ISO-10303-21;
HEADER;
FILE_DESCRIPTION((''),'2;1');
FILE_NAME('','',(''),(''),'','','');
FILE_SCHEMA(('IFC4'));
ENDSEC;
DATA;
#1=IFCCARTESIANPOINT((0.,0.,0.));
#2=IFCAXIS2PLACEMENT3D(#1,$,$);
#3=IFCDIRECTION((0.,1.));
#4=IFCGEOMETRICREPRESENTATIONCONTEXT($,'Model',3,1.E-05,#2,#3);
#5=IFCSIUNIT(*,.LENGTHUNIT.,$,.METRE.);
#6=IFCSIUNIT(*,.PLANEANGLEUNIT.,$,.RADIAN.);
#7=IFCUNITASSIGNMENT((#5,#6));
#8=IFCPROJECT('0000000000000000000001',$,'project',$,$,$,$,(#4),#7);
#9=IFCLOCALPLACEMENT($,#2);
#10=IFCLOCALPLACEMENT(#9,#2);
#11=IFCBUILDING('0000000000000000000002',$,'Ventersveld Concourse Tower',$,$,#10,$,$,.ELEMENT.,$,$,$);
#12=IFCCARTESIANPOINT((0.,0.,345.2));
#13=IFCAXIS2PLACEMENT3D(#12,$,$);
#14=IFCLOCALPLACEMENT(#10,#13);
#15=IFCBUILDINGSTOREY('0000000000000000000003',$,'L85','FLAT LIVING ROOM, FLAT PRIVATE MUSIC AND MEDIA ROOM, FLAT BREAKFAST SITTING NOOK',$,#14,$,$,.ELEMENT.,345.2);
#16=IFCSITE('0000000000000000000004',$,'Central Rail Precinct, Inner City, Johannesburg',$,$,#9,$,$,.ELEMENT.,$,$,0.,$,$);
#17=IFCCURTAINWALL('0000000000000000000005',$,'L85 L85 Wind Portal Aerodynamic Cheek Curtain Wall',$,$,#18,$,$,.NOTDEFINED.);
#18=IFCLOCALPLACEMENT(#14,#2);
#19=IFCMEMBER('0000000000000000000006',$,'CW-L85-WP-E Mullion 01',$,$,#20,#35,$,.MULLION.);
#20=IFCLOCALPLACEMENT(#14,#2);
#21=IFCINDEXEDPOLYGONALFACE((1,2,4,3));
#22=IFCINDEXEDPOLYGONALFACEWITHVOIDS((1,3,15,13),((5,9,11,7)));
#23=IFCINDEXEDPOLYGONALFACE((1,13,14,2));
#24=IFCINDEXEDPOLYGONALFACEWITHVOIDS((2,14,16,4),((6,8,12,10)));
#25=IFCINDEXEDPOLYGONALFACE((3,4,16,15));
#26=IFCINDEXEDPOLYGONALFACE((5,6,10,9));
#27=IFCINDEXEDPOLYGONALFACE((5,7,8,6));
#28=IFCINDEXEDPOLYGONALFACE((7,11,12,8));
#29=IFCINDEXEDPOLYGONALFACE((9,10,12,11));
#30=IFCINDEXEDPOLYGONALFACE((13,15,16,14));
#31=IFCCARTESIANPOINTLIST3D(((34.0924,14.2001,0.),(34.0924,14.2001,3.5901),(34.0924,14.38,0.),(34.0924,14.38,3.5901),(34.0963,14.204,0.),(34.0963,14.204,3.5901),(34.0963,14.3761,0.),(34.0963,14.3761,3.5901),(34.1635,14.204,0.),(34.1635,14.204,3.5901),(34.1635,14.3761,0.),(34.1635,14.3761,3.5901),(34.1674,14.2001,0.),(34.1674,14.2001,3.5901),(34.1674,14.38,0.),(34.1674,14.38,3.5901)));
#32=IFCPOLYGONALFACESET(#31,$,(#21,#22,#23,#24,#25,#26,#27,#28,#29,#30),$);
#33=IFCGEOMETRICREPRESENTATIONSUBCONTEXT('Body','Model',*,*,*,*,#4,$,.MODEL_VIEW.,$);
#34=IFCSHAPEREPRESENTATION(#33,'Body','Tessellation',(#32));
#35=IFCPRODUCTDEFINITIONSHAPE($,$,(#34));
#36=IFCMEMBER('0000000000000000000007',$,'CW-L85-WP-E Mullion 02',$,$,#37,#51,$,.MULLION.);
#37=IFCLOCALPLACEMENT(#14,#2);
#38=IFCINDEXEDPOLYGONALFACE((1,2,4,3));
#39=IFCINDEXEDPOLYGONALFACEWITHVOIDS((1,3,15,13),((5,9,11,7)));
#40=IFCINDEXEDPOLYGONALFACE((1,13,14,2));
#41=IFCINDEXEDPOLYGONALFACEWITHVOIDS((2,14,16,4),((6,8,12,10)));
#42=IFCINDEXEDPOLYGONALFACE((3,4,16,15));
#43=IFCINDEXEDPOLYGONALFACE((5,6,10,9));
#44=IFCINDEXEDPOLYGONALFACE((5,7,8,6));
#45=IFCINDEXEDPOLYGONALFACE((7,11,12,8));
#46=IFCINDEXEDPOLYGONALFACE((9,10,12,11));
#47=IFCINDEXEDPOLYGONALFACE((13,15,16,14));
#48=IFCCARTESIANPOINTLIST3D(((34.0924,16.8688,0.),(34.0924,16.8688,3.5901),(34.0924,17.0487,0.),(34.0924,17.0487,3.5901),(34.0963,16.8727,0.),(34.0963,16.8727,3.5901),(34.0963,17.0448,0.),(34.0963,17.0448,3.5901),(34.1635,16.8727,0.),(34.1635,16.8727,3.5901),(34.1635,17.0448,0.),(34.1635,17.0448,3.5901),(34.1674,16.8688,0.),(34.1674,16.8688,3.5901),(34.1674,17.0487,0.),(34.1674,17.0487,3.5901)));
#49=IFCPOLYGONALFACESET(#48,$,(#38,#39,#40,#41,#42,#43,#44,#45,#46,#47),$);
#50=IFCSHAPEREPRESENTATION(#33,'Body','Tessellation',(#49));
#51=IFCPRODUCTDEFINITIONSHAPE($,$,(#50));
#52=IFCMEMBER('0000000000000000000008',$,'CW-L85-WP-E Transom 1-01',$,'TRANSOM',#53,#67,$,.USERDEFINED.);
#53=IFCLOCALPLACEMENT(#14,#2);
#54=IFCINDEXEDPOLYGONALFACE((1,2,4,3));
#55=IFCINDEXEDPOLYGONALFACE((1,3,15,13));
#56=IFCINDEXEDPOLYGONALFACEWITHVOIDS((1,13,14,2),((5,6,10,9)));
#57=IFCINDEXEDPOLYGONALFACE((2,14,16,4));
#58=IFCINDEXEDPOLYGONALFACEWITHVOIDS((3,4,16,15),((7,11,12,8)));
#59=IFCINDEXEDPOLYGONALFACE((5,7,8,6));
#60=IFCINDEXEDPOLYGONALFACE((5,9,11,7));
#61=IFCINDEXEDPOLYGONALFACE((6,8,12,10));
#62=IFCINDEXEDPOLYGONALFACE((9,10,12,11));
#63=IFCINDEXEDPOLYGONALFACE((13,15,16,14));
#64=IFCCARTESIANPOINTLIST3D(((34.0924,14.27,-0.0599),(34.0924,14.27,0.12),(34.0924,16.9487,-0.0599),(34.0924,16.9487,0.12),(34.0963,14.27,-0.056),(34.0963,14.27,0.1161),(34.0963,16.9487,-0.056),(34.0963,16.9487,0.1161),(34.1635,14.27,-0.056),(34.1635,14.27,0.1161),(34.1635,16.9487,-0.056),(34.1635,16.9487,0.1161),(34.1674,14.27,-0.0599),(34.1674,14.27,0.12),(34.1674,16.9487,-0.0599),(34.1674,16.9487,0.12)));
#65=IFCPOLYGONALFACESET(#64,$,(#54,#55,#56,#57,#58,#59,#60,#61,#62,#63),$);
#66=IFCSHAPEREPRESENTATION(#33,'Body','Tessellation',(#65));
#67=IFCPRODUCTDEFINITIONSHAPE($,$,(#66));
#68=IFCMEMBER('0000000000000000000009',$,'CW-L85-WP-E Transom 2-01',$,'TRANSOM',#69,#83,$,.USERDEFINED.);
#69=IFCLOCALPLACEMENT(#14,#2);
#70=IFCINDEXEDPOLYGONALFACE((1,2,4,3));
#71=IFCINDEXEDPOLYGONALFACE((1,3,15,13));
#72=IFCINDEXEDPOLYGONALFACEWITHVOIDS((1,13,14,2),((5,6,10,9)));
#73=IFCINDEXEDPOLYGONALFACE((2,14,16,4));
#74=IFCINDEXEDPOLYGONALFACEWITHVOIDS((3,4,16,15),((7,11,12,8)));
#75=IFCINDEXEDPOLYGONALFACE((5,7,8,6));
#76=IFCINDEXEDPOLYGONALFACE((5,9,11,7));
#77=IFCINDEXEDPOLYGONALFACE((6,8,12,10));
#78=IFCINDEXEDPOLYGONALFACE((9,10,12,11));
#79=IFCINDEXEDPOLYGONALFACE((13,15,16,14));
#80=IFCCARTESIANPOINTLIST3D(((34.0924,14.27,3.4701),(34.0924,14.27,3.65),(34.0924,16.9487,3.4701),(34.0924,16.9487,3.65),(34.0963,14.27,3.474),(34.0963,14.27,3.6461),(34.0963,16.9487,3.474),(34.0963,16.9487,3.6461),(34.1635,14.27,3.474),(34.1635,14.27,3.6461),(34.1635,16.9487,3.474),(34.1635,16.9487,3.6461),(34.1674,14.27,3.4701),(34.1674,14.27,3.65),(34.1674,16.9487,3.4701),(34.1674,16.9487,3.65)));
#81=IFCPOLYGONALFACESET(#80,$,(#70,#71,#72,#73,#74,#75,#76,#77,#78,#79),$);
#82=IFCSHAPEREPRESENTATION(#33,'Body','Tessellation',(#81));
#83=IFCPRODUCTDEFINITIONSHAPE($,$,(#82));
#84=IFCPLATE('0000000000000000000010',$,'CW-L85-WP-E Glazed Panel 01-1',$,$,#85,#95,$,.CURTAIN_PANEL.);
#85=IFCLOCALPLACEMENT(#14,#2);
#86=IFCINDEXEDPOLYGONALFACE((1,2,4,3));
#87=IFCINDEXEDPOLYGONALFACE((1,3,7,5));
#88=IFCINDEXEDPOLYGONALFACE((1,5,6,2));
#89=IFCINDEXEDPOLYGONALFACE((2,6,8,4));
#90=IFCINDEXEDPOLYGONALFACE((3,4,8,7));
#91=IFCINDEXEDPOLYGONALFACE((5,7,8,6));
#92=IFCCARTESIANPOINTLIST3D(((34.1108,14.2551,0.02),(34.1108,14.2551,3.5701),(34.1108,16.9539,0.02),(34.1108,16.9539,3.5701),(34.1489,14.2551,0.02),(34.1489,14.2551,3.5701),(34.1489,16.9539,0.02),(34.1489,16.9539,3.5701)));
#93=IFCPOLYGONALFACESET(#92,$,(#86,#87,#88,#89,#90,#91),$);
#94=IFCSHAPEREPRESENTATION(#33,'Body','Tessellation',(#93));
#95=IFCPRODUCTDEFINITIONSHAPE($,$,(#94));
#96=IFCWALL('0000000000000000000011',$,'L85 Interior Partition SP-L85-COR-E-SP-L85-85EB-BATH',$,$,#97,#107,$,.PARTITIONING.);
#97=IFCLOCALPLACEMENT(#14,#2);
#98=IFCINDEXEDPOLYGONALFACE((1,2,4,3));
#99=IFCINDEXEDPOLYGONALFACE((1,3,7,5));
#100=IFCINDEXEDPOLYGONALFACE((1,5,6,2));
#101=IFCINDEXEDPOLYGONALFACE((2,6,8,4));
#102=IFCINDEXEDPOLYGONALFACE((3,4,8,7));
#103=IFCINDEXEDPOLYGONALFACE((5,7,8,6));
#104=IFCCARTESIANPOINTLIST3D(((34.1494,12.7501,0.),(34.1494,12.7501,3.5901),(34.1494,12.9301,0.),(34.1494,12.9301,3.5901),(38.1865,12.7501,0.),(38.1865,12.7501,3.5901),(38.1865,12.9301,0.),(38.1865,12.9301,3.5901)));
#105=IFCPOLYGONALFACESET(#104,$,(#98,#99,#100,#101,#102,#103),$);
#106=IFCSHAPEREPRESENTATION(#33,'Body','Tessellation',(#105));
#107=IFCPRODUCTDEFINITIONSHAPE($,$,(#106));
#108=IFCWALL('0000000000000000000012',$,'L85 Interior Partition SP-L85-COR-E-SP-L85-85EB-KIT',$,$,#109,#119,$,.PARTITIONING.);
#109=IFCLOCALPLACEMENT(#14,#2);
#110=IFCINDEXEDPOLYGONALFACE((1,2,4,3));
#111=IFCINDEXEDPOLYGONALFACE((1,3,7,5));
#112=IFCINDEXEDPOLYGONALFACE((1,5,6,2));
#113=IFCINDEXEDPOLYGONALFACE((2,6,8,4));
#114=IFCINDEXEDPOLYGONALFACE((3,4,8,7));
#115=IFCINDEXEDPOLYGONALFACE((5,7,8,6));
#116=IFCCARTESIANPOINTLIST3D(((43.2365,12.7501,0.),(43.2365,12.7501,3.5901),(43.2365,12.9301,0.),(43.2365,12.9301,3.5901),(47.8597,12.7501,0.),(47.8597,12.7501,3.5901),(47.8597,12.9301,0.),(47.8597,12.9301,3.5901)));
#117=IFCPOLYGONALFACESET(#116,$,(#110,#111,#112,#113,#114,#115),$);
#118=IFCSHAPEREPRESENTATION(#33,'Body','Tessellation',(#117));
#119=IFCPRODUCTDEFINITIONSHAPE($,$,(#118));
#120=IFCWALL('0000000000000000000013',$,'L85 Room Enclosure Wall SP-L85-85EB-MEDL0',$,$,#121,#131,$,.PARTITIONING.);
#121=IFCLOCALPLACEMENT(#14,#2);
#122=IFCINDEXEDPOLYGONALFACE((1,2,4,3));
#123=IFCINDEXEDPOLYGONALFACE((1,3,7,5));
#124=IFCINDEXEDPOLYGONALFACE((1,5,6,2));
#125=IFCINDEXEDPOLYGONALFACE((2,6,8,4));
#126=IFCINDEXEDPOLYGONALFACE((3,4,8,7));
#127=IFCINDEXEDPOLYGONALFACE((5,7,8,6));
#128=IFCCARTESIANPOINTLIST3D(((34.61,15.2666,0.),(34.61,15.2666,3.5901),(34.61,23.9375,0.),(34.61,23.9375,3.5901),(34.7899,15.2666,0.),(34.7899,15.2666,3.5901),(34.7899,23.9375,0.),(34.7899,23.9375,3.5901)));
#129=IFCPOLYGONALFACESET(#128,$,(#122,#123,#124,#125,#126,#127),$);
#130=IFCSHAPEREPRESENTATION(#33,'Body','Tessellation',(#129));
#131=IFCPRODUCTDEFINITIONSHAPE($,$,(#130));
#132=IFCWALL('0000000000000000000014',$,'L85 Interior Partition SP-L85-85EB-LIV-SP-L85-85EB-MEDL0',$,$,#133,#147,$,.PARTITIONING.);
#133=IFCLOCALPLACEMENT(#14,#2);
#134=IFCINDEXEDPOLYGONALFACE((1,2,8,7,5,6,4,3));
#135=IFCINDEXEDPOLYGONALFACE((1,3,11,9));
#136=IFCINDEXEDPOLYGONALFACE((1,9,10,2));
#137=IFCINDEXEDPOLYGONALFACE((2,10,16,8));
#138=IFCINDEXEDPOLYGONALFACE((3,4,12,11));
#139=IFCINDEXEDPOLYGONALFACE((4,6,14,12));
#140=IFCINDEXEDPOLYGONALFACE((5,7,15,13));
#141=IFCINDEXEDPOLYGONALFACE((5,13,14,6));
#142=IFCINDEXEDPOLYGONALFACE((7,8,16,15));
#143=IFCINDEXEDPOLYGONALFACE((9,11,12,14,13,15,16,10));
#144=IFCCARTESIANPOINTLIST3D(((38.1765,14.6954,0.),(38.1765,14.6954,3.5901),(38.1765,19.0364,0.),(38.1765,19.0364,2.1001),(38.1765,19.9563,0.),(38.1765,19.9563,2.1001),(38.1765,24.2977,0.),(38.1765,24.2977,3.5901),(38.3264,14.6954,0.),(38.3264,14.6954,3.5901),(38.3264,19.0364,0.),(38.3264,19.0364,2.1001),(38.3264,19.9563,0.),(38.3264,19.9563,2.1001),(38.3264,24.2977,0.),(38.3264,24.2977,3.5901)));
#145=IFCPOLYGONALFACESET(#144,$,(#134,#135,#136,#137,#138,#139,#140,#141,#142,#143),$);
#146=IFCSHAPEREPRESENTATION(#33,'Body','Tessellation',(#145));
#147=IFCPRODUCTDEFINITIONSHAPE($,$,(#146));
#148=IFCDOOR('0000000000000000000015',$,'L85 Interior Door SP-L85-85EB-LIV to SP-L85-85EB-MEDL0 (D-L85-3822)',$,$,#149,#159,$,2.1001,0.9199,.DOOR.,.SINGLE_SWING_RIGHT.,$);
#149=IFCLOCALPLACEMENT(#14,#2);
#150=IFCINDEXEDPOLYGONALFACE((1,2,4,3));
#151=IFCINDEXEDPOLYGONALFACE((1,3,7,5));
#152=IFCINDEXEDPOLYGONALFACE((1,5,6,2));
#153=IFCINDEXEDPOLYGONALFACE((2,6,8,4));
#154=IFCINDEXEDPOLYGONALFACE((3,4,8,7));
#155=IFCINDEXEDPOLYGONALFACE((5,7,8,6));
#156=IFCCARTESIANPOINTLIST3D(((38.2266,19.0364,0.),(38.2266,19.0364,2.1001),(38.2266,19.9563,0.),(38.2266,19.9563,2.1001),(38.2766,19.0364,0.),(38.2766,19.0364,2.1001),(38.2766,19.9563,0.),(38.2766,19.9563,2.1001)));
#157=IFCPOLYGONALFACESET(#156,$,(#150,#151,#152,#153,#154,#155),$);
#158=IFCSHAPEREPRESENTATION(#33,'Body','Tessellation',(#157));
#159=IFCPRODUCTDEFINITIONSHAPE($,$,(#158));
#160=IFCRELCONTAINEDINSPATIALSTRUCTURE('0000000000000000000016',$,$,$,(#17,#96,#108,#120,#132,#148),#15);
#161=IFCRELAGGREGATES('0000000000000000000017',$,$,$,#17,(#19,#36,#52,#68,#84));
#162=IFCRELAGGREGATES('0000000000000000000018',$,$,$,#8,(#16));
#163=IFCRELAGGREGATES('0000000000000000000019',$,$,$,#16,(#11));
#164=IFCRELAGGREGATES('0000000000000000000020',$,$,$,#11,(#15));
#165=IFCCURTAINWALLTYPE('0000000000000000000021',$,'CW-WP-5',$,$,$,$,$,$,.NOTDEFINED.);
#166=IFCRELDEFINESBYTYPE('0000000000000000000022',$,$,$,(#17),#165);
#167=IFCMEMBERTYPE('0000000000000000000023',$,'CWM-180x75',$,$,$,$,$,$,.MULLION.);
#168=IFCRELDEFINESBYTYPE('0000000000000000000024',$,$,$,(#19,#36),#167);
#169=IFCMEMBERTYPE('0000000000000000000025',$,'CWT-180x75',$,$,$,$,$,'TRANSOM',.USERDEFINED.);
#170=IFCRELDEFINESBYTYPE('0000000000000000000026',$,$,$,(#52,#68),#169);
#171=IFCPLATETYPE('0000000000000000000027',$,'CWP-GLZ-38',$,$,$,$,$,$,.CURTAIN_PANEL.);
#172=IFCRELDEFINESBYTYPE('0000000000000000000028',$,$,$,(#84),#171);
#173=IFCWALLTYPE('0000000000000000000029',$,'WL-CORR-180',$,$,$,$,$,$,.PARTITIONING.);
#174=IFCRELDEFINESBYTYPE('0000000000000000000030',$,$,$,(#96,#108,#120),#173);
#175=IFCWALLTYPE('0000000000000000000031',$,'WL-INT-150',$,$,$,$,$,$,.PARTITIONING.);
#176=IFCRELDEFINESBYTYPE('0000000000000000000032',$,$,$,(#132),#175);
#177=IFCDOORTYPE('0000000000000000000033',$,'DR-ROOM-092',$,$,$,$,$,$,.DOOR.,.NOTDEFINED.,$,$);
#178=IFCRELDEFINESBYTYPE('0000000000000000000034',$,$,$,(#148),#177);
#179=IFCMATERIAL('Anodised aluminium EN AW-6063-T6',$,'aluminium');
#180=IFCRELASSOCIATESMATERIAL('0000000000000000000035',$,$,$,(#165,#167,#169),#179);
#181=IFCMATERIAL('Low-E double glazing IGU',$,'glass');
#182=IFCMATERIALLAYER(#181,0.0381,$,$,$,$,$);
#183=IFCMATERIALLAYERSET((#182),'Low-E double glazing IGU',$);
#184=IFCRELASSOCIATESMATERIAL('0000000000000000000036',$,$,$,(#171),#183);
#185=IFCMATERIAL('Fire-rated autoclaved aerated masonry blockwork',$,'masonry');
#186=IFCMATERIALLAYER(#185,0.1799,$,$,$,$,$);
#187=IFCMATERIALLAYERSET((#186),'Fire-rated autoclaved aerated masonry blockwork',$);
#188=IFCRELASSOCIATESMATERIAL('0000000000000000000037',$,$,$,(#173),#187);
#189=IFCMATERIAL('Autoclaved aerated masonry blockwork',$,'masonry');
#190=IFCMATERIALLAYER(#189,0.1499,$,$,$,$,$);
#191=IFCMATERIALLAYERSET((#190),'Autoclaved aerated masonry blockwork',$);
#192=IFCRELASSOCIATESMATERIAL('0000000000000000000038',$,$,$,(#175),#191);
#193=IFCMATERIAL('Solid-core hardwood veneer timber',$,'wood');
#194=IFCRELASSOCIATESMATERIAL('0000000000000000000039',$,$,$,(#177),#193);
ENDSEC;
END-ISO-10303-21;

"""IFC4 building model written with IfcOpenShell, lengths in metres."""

from ifc_helpers import new_model, si_unit, direction, frame, frame_2d, origin, origin_2d, place, context, subcontext, project, spatial, rectangle, hollow_rectangle, extrude, material, layer, layer_set, material_profile, profile_set, type_object, element, fill, aggregate, save


model = new_model("IFC4")

# Units and contexts
model_context = context("Model", 3, precision=1e-05, world=origin(), true_north=direction((0.0, 1.0)))
body_context = subcontext(model_context, "Body", "Model", "MODEL_VIEW")
ifc_project = project(units=[si_unit("LENGTHUNIT", "METRE"), si_unit("PLANEANGLEUNIT", "RADIAN")], contexts=[model_context])

# Site, building, storey
site_placement = place(None, origin())
site = spatial("IfcSite", under=ifc_project, at=site_placement, Name="Central Rail Precinct, Inner City, Johannesburg", CompositionType="ELEMENT", RefElevation=0.0)
building_placement = place(site_placement, origin())
building = spatial("IfcBuilding", under=site, at=building_placement, Name="Ventersveld Concourse Tower", CompositionType="ELEMENT")
storey_placement = place(building_placement, frame((0.0, 0.0, 345.2)))
storey = spatial("IfcBuildingStorey", under=building, at=storey_placement, Name="L85", Description="FLAT LIVING ROOM, FLAT PRIVATE MUSIC AND MEDIA ROOM, FLAT BREAKFAST SITTING NOOK", CompositionType="ELEMENT", Elevation=345.2)

# Curtain wall, members, plate
ifc_material_1 = material(Name="Anodised aluminium EN AW-6063-T6", Category="aluminium")
curtain_wall_type = type_object("IfcCurtainWallType", Name="CW-WP-5", PredefinedType="NOTDEFINED", material=ifc_material_1)
curtain_wall_placement = place(storey_placement, origin())
curtain_wall = element("IfcCurtainWall", 1, at=curtain_wall_placement, inside=storey, type_object=curtain_wall_type, Name="L85 L85 Wind Portal Aerodynamic Cheek Curtain Wall", PredefinedType="NOTDEFINED")
ifc_material_profile_1 = material_profile(ifc_material_1, hollow_rectangle(XDim=0.075, YDim=0.1799, WallThickness=0.0039, at=origin_2d()), Name="ALU 180x75x4")
ifc_profile_set_1 = profile_set([ifc_material_profile_1], Name="Anodised aluminium EN AW-6063-T6")
member_type_1 = type_object("IfcMemberType", Name="CWM-180x75", PredefinedType="MULLION", material=ifc_profile_set_1)
member_1_placement = place(storey_placement, frame((34.1299, 14.29, 0.0), z_axis=(0.0, 0.0, 1.0), x_axis=(1.0, 0.0, 0.0)))
member_1 = element("IfcMember", 2, at=member_1_placement, type_object=member_type_1, Name="CW-L85-WP-E Mullion 01", PredefinedType="MULLION", context=body_context, shape_type="SweptSolid", body=[
    extrude(hollow_rectangle(XDim=0.075, YDim=0.1799, WallThickness=0.0039, at=origin_2d()), origin(), (0.0, 0.0, 1.0), 3.5901),
])
member_2_placement = place(storey_placement, frame((34.1299, 16.9587, 0.0), z_axis=(0.0, 0.0, 1.0), x_axis=(1.0, 0.0, 0.0)))
member_2 = element("IfcMember", 3, at=member_2_placement, type_object=member_type_1, Name="CW-L85-WP-E Mullion 02", PredefinedType="MULLION", context=body_context, shape_type="SweptSolid", body=[
    extrude(hollow_rectangle(XDim=0.075, YDim=0.1799, WallThickness=0.0039, at=origin_2d()), origin(), (0.0, 0.0, 1.0), 3.5901),
])
ifc_material_profile_2 = material_profile(ifc_material_1, hollow_rectangle(XDim=0.075, YDim=0.1799, WallThickness=0.0039, at=origin_2d()), Name="ALU 180x75x4")
ifc_profile_set_2 = profile_set([ifc_material_profile_2], Name="Anodised aluminium EN AW-6063-T6")
member_type_2 = type_object("IfcMemberType", Name="CWT-180x75", ElementType="TRANSOM", PredefinedType="USERDEFINED", material=ifc_profile_set_2)
member_3_placement = place(storey_placement, frame((34.1299, 14.27, 0.03), z_axis=(0.0, 1.0, 0.0), x_axis=(-1.0, 0.0, 0.0)))
member_3 = element("IfcMember", 4, at=member_3_placement, type_object=member_type_2, Name="CW-L85-WP-E Transom 1-01", ObjectType="TRANSOM", PredefinedType="USERDEFINED", context=body_context, shape_type="SweptSolid", body=[
    extrude(hollow_rectangle(XDim=0.075, YDim=0.1799, WallThickness=0.0039, at=origin_2d()), origin(), (0.0, 0.0, 1.0), 2.6787),
])
member_4_placement = place(storey_placement, frame((34.1299, 14.27, 3.5601), z_axis=(0.0, 1.0, 0.0), x_axis=(-1.0, 0.0, 0.0)))
member_4 = element("IfcMember", 5, at=member_4_placement, type_object=member_type_2, Name="CW-L85-WP-E Transom 2-01", ObjectType="TRANSOM", PredefinedType="USERDEFINED", context=body_context, shape_type="SweptSolid", body=[
    extrude(hollow_rectangle(XDim=0.075, YDim=0.1799, WallThickness=0.0039, at=origin_2d()), origin(), (0.0, 0.0, 1.0), 2.6787),
])
ifc_material_2 = material(Name="Low-E double glazing IGU", Category="glass")
ifc_layer_1 = layer(ifc_material_2, 0.0381)
ifc_layer_set_1 = layer_set([ifc_layer_1], Name="Low-E double glazing IGU")
plate_type = type_object("IfcPlateType", Name="CWP-GLZ-38", PredefinedType="CURTAIN_PANEL", material=ifc_layer_set_1)
plate_placement = place(storey_placement, frame((34.1299, 15.6045, 0.02), z_axis=(0.0, 0.0, 1.0), x_axis=(0.0, 1.0, 0.0)))
plate = element("IfcPlate", 6, at=plate_placement, type_object=plate_type, Name="CW-L85-WP-E Glazed Panel 01-1", PredefinedType="CURTAIN_PANEL", context=body_context, shape_type="SweptSolid", body=[
    extrude(rectangle(XDim=2.6987, YDim=0.0381, at=origin_2d()), origin(), (0.0, 0.0, 1.0), 3.55),
])
aggregate(curtain_wall, [member_1, member_2, member_3, member_4, plate])

# Shared definitions
ifc_material_3 = material(Name="Fire-rated autoclaved aerated masonry blockwork", Category="masonry")
ifc_layer_2 = layer(ifc_material_3, 0.1799)
ifc_layer_set_2 = layer_set([ifc_layer_2], Name="Fire-rated autoclaved aerated masonry blockwork")
wall_type_1 = type_object("IfcWallType", Name="WL-CORR-180", PredefinedType="PARTITIONING", material=ifc_layer_set_2)
ifc_material_4 = material(Name="Solid-core hardwood veneer timber", Category="wood")

# Walls
wall_1_placement = place(storey_placement, frame((34.1494, 12.8401, 0.0), z_axis=(0.0, 0.0, 1.0), x_axis=(1.0, 0.0, 0.0)))
element("IfcWall", 7, at=wall_1_placement, inside=storey, type_object=wall_type_1, Name="L85 Interior Partition SP-L85-COR-E-SP-L85-85EB-BATH", PredefinedType="PARTITIONING", context=body_context, shape_type="SweptSolid", body=[
    extrude(rectangle(XDim=4.0371, YDim=0.1799, at=frame_2d((2.0186, 0.0))), origin(), (0.0, 0.0, 1.0), 3.5901),
])
wall_2_placement = place(storey_placement, frame((43.2366, 12.8401, 0.0), z_axis=(0.0, 0.0, 1.0), x_axis=(1.0, 0.0, 0.0)))
element("IfcWall", 8, at=wall_2_placement, inside=storey, type_object=wall_type_1, Name="L85 Interior Partition SP-L85-COR-E-SP-L85-85EB-KIT", PredefinedType="PARTITIONING", context=body_context, shape_type="SweptSolid", body=[
    extrude(rectangle(XDim=4.6233, YDim=0.1799, at=frame_2d((2.3115, 0.0))), origin(), (0.0, 0.0, 1.0), 3.5901),
])
wall_3_placement = place(storey_placement, frame((34.7, 15.2666, 0.0), z_axis=(0.0, 0.0, 1.0), x_axis=(0.0, 1.0, 0.0)))
element("IfcWall", 9, at=wall_3_placement, inside=storey, type_object=wall_type_1, Name="L85 Room Enclosure Wall SP-L85-85EB-MEDL0", PredefinedType="PARTITIONING", context=body_context, shape_type="SweptSolid", body=[
    extrude(rectangle(XDim=8.6709, YDim=0.1799, at=frame_2d((4.3354, 0.0))), origin(), (0.0, 0.0, 1.0), 3.5901),
])

# Wall, opening, door
ifc_material_5 = material(Name="Autoclaved aerated masonry blockwork", Category="masonry")
ifc_layer_3 = layer(ifc_material_5, 0.1499)
ifc_layer_set_3 = layer_set([ifc_layer_3], Name="Autoclaved aerated masonry blockwork")
wall_type_2 = type_object("IfcWallType", Name="WL-INT-150", PredefinedType="PARTITIONING", material=ifc_layer_set_3)
wall_4_placement = place(storey_placement, frame((38.2515, 14.6953, 0.0), z_axis=(0.0, 0.0, 1.0), x_axis=(0.0, 1.0, 0.0)))
wall_4 = element("IfcWall", 10, at=wall_4_placement, inside=storey, type_object=wall_type_2, Name="L85 Interior Partition SP-L85-85EB-LIV-SP-L85-85EB-MEDL0", PredefinedType="PARTITIONING", context=body_context, shape_type="SweptSolid", body=[
    extrude(rectangle(XDim=9.6023, YDim=0.1499, at=frame_2d((4.8013, 0.0))), origin(), (0.0, 0.0, 1.0), 3.5901),
])
opening_1_placement = place(wall_4_placement, frame((4.3411, 0.0, 0.0)))
opening_1 = element("IfcOpeningElement", 11, at=opening_1_placement, cuts=wall_4, PredefinedType="OPENING", context=body_context, shape_type="SweptSolid", body=[
    extrude(rectangle(XDim=0.9199, YDim=2.1001, at=frame_2d((0.46, 1.05))), frame((0.0, 0.085, 0.0), z_axis=(0.0, -1.0, 0.0), x_axis=(1.0, 0.0, 0.0)), (0.0, 0.0, 1.0), 0.1699),
])
door_type_1 = type_object("IfcDoorType", Name="DR-ROOM-092", OperationType="NOTDEFINED", PredefinedType="DOOR", material=ifc_material_4)
door_1_placement = place(opening_1_placement, origin())
door_1 = element("IfcDoor", 12, at=door_1_placement, inside=storey, type_object=door_type_1, Name="L85 Interior Door SP-L85-85EB-LIV to SP-L85-85EB-MEDL0 (D-L85-3822)", OperationType="SINGLE_SWING_RIGHT", OverallHeight=2.1001, OverallWidth=0.9199, PredefinedType="DOOR", context=body_context, shape_type="SweptSolid", body=[
    extrude(rectangle(XDim=0.9199, YDim=2.1001, at=frame_2d((0.46, 1.05))), frame((0.0, 0.0249, 0.0), z_axis=(0.0, -1.0, 0.0), x_axis=(1.0, 0.0, 0.0)), (0.0, 0.0, 1.0), 0.05),
])
fill(opening_1, door_1)

save(model, "model.ifc")
